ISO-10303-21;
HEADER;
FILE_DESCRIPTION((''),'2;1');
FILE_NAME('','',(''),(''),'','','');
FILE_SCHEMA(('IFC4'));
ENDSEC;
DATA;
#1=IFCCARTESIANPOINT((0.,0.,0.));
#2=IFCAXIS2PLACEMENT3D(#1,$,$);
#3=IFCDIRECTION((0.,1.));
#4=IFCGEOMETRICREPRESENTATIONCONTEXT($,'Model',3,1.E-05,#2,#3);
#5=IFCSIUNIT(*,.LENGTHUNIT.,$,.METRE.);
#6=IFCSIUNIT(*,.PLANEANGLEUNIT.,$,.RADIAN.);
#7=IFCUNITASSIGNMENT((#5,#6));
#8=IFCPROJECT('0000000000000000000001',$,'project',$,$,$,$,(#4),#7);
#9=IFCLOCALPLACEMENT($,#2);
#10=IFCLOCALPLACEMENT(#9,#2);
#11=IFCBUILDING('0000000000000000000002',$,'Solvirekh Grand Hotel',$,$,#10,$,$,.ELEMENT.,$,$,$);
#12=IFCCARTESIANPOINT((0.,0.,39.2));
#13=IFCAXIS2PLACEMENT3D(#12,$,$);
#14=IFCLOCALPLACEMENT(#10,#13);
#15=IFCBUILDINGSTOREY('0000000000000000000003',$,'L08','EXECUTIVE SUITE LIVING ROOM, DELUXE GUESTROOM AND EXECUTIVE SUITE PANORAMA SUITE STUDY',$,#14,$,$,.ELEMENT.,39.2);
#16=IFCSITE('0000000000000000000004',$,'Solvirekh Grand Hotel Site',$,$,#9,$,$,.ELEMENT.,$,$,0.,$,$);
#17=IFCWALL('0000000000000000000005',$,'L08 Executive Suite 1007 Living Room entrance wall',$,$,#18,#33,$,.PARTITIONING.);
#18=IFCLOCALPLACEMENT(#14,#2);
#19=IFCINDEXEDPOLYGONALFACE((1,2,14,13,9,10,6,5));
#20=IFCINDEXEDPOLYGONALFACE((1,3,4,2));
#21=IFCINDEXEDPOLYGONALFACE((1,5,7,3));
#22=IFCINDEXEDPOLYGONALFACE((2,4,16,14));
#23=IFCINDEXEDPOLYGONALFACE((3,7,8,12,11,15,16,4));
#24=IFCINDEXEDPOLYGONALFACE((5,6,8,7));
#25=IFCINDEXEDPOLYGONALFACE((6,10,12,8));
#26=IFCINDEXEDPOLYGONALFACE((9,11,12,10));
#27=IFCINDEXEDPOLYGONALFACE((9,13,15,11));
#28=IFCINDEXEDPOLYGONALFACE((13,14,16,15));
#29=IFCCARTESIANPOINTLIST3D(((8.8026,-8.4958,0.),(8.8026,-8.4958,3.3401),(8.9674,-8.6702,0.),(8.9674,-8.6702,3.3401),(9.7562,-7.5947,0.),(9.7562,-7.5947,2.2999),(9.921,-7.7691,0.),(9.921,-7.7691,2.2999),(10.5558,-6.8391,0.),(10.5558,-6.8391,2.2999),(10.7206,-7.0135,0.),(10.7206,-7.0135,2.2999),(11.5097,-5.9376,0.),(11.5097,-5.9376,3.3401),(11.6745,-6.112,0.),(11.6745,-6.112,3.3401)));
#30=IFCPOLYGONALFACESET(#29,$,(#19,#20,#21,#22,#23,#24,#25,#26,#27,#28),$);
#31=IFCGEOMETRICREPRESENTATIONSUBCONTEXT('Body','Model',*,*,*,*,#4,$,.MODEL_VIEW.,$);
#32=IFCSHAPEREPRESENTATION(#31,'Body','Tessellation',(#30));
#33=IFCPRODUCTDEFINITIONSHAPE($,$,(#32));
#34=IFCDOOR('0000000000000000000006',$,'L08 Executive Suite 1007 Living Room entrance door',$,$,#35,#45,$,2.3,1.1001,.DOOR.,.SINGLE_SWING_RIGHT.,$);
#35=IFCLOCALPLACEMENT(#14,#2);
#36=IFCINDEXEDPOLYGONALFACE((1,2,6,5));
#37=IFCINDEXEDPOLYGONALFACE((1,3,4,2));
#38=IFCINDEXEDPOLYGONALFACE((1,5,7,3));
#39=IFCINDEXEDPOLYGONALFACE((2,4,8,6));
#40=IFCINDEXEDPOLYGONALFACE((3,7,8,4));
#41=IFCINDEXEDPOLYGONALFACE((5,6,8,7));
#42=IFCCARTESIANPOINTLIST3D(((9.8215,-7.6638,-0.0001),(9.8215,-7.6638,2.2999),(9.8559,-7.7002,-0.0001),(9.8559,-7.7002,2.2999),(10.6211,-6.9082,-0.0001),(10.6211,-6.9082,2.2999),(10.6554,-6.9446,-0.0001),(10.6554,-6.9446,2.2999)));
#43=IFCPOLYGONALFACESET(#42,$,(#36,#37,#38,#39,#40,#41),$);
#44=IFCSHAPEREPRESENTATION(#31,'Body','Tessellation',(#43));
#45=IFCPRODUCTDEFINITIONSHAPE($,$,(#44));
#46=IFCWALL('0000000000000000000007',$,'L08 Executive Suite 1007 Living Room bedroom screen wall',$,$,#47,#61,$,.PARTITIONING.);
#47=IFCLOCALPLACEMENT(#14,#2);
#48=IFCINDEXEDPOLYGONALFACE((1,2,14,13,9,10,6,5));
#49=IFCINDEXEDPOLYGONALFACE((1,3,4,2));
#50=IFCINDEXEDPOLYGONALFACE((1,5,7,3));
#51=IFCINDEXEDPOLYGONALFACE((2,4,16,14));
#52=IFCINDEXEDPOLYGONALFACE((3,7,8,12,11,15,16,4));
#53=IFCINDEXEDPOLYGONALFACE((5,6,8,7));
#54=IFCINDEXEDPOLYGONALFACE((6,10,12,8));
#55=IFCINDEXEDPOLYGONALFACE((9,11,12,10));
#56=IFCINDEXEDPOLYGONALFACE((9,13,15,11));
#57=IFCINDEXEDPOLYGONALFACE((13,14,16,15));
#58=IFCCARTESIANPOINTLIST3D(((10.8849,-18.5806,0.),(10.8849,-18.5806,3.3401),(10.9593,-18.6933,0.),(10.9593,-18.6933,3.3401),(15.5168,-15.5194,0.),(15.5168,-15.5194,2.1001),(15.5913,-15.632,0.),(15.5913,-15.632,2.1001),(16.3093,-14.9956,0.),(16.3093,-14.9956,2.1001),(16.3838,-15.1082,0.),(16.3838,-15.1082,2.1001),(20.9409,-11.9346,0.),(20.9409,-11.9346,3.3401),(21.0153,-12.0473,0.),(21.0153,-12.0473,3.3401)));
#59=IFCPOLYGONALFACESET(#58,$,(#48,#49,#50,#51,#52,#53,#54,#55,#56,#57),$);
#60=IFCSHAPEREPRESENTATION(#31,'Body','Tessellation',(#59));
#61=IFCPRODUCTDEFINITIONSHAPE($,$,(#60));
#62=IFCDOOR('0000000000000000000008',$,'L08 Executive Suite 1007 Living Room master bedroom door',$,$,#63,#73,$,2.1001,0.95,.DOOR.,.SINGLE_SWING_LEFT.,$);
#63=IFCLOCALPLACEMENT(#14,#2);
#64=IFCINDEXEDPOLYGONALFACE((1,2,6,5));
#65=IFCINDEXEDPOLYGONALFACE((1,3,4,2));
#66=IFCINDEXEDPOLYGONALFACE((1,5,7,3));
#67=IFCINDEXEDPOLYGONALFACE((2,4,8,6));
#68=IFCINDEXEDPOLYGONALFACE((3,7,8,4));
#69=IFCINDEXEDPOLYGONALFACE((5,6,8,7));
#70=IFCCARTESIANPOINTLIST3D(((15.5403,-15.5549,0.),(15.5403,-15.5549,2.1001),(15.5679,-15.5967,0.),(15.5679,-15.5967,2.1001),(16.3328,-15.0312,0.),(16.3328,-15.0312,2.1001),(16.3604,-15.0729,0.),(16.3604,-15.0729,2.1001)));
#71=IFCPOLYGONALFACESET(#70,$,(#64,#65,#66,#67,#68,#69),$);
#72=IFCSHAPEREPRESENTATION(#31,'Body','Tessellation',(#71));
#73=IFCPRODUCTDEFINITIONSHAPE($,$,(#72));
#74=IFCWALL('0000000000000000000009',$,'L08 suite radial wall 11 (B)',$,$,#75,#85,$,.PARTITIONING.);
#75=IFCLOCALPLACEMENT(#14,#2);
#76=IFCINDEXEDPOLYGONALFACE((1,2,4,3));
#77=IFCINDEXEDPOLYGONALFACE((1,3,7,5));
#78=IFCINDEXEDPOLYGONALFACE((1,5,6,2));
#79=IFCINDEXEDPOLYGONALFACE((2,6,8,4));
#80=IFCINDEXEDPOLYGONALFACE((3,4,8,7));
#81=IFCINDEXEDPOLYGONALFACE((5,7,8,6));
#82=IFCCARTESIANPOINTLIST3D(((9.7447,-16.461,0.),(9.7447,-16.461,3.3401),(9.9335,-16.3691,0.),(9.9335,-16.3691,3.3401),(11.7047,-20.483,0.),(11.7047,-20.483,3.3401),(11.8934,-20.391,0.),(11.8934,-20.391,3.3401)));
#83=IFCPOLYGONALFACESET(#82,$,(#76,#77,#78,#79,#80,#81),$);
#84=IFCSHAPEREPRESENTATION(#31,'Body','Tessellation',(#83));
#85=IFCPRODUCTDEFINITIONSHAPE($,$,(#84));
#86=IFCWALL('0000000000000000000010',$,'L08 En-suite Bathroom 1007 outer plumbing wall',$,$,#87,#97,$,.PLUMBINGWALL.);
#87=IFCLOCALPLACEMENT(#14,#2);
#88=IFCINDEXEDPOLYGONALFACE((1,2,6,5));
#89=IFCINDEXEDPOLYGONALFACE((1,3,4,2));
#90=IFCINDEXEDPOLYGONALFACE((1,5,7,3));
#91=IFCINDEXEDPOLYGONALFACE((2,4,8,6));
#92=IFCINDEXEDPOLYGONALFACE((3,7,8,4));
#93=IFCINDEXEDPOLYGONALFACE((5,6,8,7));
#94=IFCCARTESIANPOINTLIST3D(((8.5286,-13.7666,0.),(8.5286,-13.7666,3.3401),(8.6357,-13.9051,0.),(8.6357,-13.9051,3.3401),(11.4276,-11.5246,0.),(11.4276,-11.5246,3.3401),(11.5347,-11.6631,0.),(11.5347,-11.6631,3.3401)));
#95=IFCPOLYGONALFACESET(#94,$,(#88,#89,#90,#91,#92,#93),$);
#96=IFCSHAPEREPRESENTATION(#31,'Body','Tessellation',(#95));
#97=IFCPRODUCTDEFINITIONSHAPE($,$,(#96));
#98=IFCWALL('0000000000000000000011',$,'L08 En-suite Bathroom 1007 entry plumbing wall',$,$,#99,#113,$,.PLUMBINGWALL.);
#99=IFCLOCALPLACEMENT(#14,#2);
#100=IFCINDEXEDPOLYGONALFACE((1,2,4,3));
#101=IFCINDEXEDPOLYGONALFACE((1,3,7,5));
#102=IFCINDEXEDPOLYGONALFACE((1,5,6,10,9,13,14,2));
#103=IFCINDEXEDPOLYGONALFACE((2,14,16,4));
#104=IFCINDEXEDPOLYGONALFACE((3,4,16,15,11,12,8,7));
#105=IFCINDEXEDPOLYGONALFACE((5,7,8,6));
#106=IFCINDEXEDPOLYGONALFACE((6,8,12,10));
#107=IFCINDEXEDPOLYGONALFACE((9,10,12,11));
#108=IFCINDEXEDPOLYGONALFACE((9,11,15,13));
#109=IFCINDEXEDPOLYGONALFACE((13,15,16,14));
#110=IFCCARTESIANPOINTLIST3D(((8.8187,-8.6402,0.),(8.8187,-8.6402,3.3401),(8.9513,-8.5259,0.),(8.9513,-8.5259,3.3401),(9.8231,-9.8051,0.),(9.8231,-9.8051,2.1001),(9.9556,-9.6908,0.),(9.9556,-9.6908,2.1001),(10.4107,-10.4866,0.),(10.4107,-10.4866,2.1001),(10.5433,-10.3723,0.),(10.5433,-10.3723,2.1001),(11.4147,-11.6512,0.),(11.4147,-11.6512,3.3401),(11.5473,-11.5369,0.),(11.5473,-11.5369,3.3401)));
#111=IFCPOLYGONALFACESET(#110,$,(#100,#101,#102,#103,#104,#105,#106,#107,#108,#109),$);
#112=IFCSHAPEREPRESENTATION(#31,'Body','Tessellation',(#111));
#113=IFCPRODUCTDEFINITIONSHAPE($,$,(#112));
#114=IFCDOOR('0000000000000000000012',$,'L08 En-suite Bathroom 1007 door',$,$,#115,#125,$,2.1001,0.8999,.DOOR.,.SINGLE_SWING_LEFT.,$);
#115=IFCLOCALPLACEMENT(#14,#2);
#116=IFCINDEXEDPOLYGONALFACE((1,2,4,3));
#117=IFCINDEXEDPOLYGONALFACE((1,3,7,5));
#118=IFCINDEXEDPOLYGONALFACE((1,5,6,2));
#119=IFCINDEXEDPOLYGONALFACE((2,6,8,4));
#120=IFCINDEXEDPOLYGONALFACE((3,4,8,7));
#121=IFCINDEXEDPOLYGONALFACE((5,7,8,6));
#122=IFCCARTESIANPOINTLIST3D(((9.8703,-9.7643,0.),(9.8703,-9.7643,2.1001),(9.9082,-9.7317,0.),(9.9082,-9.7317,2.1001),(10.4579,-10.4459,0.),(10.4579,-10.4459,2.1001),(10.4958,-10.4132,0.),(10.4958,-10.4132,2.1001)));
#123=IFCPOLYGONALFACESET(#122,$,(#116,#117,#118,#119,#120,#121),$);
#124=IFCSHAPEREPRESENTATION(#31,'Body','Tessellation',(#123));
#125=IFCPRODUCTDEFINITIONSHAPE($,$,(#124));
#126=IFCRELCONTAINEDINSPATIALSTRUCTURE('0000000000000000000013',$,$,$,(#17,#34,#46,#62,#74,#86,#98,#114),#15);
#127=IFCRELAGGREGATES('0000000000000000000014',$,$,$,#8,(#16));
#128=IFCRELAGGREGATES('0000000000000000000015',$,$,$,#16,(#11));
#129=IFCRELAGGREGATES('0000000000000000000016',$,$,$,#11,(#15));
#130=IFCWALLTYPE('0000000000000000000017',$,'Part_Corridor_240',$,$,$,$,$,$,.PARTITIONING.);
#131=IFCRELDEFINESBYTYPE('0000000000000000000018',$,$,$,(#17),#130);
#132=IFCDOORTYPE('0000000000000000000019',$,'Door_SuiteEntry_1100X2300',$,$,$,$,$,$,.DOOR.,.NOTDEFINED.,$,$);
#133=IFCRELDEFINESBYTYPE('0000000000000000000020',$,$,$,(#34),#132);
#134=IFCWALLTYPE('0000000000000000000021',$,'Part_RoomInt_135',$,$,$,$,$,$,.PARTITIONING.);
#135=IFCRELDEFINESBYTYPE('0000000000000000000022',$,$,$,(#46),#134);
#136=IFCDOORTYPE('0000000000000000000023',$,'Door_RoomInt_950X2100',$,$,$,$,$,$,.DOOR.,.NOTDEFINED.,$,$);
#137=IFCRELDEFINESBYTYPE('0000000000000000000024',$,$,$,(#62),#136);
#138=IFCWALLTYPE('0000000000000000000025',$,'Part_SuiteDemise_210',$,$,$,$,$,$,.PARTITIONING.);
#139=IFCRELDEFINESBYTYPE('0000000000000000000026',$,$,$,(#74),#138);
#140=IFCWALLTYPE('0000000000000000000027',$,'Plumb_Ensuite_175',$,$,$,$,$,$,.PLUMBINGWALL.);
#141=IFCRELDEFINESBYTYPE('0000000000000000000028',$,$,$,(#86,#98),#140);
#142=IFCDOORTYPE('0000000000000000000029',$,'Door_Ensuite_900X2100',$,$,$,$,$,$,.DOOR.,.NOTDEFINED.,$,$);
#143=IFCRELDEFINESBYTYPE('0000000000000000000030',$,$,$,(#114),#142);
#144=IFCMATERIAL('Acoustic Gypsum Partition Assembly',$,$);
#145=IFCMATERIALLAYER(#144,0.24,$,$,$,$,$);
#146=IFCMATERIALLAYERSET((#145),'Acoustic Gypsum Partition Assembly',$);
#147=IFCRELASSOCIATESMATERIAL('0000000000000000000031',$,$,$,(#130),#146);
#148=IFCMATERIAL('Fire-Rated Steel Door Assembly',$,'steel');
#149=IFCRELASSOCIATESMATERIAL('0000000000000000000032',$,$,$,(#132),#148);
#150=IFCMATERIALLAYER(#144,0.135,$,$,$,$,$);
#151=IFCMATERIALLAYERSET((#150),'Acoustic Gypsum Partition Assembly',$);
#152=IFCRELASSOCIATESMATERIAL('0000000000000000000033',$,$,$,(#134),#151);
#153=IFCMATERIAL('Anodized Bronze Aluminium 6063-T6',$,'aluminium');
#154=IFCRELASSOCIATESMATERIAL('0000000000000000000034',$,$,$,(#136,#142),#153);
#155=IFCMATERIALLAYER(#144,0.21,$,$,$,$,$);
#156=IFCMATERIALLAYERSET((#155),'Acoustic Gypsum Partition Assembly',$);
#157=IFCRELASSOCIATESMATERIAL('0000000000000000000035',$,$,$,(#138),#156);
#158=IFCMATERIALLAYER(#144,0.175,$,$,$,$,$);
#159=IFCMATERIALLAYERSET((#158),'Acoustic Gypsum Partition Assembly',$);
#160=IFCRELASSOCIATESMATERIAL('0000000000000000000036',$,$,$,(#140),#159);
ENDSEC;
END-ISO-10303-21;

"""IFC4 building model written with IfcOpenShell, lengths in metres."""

from ifc_helpers import new_model, si_unit, direction, frame, frame_2d, origin, place, context, subcontext, project, spatial, rectangle, extrude, material, layer, layer_set, type_object, element, fill, save


model = new_model("IFC4")

# Units and contexts
model_context = context("Model", 3, precision=1e-05, world=origin(), true_north=direction((0.0, 1.0)))
body_context = subcontext(model_context, "Body", "Model", "MODEL_VIEW")
ifc_project = project(units=[si_unit("LENGTHUNIT", "METRE"), si_unit("PLANEANGLEUNIT", "RADIAN")], contexts=[model_context])

# Site, building, storey
site_placement = place(None, origin())
site = spatial("IfcSite", under=ifc_project, at=site_placement, Name="Solvirekh Grand Hotel Site", CompositionType="ELEMENT", RefElevation=0.0)
building_placement = place(site_placement, origin())
building = spatial("IfcBuilding", under=site, at=building_placement, Name="Solvirekh Grand Hotel", CompositionType="ELEMENT")
storey_placement = place(building_placement, frame((0.0, 0.0, 39.2)))
storey = spatial("IfcBuildingStorey", under=building, at=storey_placement, Name="L08", Description="EXECUTIVE SUITE LIVING ROOM, DELUXE GUESTROOM AND EXECUTIVE SUITE PANORAMA SUITE STUDY", CompositionType="ELEMENT", Elevation=39.2)

# Shared definitions
ifc_material_1 = material(Name="Anodized Bronze Aluminium 6063-T6", Category="aluminium")

# Shared definitions
ifc_material_2 = material(Name="Acoustic Gypsum Partition Assembly")
ifc_layer_1 = layer(ifc_material_2, 0.24)
ifc_layer_set_1 = layer_set([ifc_layer_1], Name="Acoustic Gypsum Partition Assembly")
wall_type_1 = type_object("IfcWallType", Name="Part_Corridor_240", PredefinedType="PARTITIONING", material=ifc_layer_set_1)
ifc_material_3 = material(Name="Fire-Rated Steel Door Assembly", Category="steel")

# Walls, openings, doors
wall_1_placement = place(storey_placement, frame((8.885, -8.583, 0.0), z_axis=(0.0, 0.0, 1.0), x_axis=(0.726817, 0.686831, 0.0)))
wall_1 = element("IfcWall", 1, at=wall_1_placement, inside=storey, type_object=wall_type_1, Name="L08 Executive Suite 1007 Living Room entrance wall", PredefinedType="PARTITIONING", context=body_context, shape_type="SweptSolid", body=[
    extrude(rectangle(XDim=3.7246, YDim=0.24, at=frame_2d((1.8623, 0.0))), origin(), (0.0, 0.0, 1.0), 3.3401),
])
opening_1_placement = place(wall_1_placement, frame((1.312, 0.0, 0.0)))
opening_1 = element("IfcOpeningElement", 2, at=opening_1_placement, cuts=wall_1, PredefinedType="OPENING", context=body_context, shape_type="SweptSolid", body=[
    extrude(rectangle(XDim=1.1001, YDim=2.3, at=frame_2d((0.55, 1.1499))), frame((0.0, 0.1299, 0.0), z_axis=(0.0, -1.0, 0.0), x_axis=(1.0, 0.0, 0.0)), (0.0, 0.0, 1.0), 0.26),
])
door_type_1 = type_object("IfcDoorType", Name="Door_SuiteEntry_1100X2300", OperationType="NOTDEFINED", PredefinedType="DOOR", material=ifc_material_3)
door_1_placement = place(opening_1_placement, origin())
door_1 = element("IfcDoor", 3, at=door_1_placement, inside=storey, type_object=door_type_1, Name="L08 Executive Suite 1007 Living Room entrance door", OperationType="SINGLE_SWING_RIGHT", OverallHeight=2.3, OverallWidth=1.1001, PredefinedType="DOOR", context=body_context, shape_type="SweptSolid", body=[
    extrude(rectangle(XDim=1.1001, YDim=2.3, at=frame_2d((0.55, 1.1499))), frame((0.0, 0.0249, 0.0), z_axis=(0.0, -1.0, 0.0), x_axis=(1.0, 0.0, 0.0)), (0.0, 0.0, 1.0), 0.05),
])
fill(opening_1, door_1)
ifc_layer_2 = layer(ifc_material_2, 0.135)
ifc_layer_set_2 = layer_set([ifc_layer_2], Name="Acoustic Gypsum Partition Assembly")
wall_type_2 = type_object("IfcWallType", Name="Part_RoomInt_135", PredefinedType="PARTITIONING", material=ifc_layer_set_2)
wall_2_placement = place(storey_placement, frame((10.9221, -18.637, 0.0), z_axis=(0.0, 0.0, 1.0), x_axis=(0.834262, 0.551368, 0.0)))
wall_2 = element("IfcWall", 4, at=wall_2_placement, inside=storey, type_object=wall_type_2, Name="L08 Executive Suite 1007 Living Room bedroom screen wall", PredefinedType="PARTITIONING", context=body_context, shape_type="SweptSolid", body=[
    extrude(rectangle(XDim=12.0537, YDim=0.135, at=frame_2d((6.0269, 0.0))), origin(), (0.0, 0.0, 1.0), 3.3401),
])
opening_2_placement = place(wall_2_placement, frame((5.552, 0.0, 0.0)))
opening_2 = element("IfcOpeningElement", 5, at=opening_2_placement, cuts=wall_2, PredefinedType="OPENING", context=body_context, shape_type="SweptSolid", body=[
    extrude(rectangle(XDim=0.95, YDim=2.1001, at=frame_2d((0.4751, 1.05))), frame((0.0, 0.0776, 0.0), z_axis=(0.0, -1.0, 0.0), x_axis=(1.0, 0.0, 0.0)), (0.0, 0.0, 1.0), 0.155),
])
door_type_2 = type_object("IfcDoorType", Name="Door_RoomInt_950X2100", OperationType="NOTDEFINED", PredefinedType="DOOR", material=ifc_material_1)
door_2_placement = place(opening_2_placement, origin())
door_2 = element("IfcDoor", 6, at=door_2_placement, inside=storey, type_object=door_type_2, Name="L08 Executive Suite 1007 Living Room master bedroom door", OperationType="SINGLE_SWING_LEFT", OverallHeight=2.1001, OverallWidth=0.95, PredefinedType="DOOR", context=body_context, shape_type="SweptSolid", body=[
    extrude(rectangle(XDim=0.95, YDim=2.1001, at=frame_2d((0.4751, 1.05))), frame((0.0, 0.0249, 0.0), z_axis=(0.0, -1.0, 0.0), x_axis=(1.0, 0.0, 0.0)), (0.0, 0.0, 1.0), 0.05),
])
fill(opening_2, door_2)

# Walls
ifc_layer_3 = layer(ifc_material_2, 0.21)
ifc_layer_set_3 = layer_set([ifc_layer_3], Name="Acoustic Gypsum Partition Assembly")
wall_type_3 = type_object("IfcWallType", Name="Part_SuiteDemise_210", PredefinedType="PARTITIONING", material=ifc_layer_set_3)
wall_3_placement = place(storey_placement, frame((9.8391, -16.415, 0.0), z_axis=(0.0, 0.0, 1.0), x_axis=(0.438067, -0.898942, 0.0)))
element("IfcWall", 7, at=wall_3_placement, inside=storey, type_object=wall_type_3, Name="L08 suite radial wall 11 (B)", PredefinedType="PARTITIONING", context=body_context, shape_type="SweptSolid", body=[
    extrude(rectangle(XDim=4.4741, YDim=0.21, at=frame_2d((2.2371, 0.0))), origin(), (0.0, 0.0, 1.0), 3.3401),
])
ifc_layer_4 = layer(ifc_material_2, 0.175)
ifc_layer_set_4 = layer_set([ifc_layer_4], Name="Acoustic Gypsum Partition Assembly")
wall_type_4 = type_object("IfcWallType", Name="Plumb_Ensuite_175", PredefinedType="PLUMBINGWALL", material=ifc_layer_set_4)
wall_4_placement = place(storey_placement, frame((8.582, -13.8359, 0.0), z_axis=(0.0, 0.0, 1.0), x_axis=(0.791039, 0.611766, 0.0)))
element("IfcWall", 8, at=wall_4_placement, inside=storey, type_object=wall_type_4, Name="L08 En-suite Bathroom 1007 outer plumbing wall", PredefinedType="PLUMBINGWALL", context=body_context, shape_type="SweptSolid", body=[
    extrude(rectangle(XDim=3.6648, YDim=0.175, at=frame_2d((1.8325, 0.0))), origin(), (0.0, 0.0, 1.0), 3.3401),
])

# Wall, opening, door
wall_5_placement = place(storey_placement, frame((8.885, -8.583, 0.0), z_axis=(0.0, 0.0, 1.0), x_axis=(0.652978, -0.757376, 0.0)))
wall_5 = element("IfcWall", 9, at=wall_5_placement, inside=storey, type_object=wall_type_4, Name="L08 En-suite Bathroom 1007 entry plumbing wall", PredefinedType="PLUMBINGWALL", context=body_context, shape_type="SweptSolid", body=[
    extrude(rectangle(XDim=3.9756, YDim=0.175, at=frame_2d((1.9878, 0.0))), origin(), (0.0, 0.0, 1.0), 3.3401),
])
opening_3_placement = place(wall_5_placement, frame((1.5381, 0.0, 0.0)))
opening_3 = element("IfcOpeningElement", 10, at=opening_3_placement, cuts=wall_5, PredefinedType="OPENING", context=body_context, shape_type="SweptSolid", body=[
    extrude(rectangle(XDim=0.8999, YDim=2.1001, at=frame_2d((0.45, 1.05))), frame((0.0, 0.0977, 0.0), z_axis=(0.0, -1.0, 0.0), x_axis=(1.0, 0.0, 0.0)), (0.0, 0.0, 1.0), 0.1951),
])
door_type_3 = type_object("IfcDoorType", Name="Door_Ensuite_900X2100", OperationType="NOTDEFINED", PredefinedType="DOOR", material=ifc_material_1)
door_3_placement = place(opening_3_placement, origin())
door_3 = element("IfcDoor", 11, at=door_3_placement, inside=storey, type_object=door_type_3, Name="L08 En-suite Bathroom 1007 door", OperationType="SINGLE_SWING_LEFT", OverallHeight=2.1001, OverallWidth=0.8999, PredefinedType="DOOR", context=body_context, shape_type="SweptSolid", body=[
    extrude(rectangle(XDim=0.8999, YDim=2.1001, at=frame_2d((0.45, 1.05))), frame((0.0, 0.0249, 0.0), z_axis=(0.0, -1.0, 0.0), x_axis=(1.0, 0.0, 0.0)), (0.0, 0.0, 1.0), 0.05),
])
fill(opening_3, door_3)

save(model, "model.ifc")
